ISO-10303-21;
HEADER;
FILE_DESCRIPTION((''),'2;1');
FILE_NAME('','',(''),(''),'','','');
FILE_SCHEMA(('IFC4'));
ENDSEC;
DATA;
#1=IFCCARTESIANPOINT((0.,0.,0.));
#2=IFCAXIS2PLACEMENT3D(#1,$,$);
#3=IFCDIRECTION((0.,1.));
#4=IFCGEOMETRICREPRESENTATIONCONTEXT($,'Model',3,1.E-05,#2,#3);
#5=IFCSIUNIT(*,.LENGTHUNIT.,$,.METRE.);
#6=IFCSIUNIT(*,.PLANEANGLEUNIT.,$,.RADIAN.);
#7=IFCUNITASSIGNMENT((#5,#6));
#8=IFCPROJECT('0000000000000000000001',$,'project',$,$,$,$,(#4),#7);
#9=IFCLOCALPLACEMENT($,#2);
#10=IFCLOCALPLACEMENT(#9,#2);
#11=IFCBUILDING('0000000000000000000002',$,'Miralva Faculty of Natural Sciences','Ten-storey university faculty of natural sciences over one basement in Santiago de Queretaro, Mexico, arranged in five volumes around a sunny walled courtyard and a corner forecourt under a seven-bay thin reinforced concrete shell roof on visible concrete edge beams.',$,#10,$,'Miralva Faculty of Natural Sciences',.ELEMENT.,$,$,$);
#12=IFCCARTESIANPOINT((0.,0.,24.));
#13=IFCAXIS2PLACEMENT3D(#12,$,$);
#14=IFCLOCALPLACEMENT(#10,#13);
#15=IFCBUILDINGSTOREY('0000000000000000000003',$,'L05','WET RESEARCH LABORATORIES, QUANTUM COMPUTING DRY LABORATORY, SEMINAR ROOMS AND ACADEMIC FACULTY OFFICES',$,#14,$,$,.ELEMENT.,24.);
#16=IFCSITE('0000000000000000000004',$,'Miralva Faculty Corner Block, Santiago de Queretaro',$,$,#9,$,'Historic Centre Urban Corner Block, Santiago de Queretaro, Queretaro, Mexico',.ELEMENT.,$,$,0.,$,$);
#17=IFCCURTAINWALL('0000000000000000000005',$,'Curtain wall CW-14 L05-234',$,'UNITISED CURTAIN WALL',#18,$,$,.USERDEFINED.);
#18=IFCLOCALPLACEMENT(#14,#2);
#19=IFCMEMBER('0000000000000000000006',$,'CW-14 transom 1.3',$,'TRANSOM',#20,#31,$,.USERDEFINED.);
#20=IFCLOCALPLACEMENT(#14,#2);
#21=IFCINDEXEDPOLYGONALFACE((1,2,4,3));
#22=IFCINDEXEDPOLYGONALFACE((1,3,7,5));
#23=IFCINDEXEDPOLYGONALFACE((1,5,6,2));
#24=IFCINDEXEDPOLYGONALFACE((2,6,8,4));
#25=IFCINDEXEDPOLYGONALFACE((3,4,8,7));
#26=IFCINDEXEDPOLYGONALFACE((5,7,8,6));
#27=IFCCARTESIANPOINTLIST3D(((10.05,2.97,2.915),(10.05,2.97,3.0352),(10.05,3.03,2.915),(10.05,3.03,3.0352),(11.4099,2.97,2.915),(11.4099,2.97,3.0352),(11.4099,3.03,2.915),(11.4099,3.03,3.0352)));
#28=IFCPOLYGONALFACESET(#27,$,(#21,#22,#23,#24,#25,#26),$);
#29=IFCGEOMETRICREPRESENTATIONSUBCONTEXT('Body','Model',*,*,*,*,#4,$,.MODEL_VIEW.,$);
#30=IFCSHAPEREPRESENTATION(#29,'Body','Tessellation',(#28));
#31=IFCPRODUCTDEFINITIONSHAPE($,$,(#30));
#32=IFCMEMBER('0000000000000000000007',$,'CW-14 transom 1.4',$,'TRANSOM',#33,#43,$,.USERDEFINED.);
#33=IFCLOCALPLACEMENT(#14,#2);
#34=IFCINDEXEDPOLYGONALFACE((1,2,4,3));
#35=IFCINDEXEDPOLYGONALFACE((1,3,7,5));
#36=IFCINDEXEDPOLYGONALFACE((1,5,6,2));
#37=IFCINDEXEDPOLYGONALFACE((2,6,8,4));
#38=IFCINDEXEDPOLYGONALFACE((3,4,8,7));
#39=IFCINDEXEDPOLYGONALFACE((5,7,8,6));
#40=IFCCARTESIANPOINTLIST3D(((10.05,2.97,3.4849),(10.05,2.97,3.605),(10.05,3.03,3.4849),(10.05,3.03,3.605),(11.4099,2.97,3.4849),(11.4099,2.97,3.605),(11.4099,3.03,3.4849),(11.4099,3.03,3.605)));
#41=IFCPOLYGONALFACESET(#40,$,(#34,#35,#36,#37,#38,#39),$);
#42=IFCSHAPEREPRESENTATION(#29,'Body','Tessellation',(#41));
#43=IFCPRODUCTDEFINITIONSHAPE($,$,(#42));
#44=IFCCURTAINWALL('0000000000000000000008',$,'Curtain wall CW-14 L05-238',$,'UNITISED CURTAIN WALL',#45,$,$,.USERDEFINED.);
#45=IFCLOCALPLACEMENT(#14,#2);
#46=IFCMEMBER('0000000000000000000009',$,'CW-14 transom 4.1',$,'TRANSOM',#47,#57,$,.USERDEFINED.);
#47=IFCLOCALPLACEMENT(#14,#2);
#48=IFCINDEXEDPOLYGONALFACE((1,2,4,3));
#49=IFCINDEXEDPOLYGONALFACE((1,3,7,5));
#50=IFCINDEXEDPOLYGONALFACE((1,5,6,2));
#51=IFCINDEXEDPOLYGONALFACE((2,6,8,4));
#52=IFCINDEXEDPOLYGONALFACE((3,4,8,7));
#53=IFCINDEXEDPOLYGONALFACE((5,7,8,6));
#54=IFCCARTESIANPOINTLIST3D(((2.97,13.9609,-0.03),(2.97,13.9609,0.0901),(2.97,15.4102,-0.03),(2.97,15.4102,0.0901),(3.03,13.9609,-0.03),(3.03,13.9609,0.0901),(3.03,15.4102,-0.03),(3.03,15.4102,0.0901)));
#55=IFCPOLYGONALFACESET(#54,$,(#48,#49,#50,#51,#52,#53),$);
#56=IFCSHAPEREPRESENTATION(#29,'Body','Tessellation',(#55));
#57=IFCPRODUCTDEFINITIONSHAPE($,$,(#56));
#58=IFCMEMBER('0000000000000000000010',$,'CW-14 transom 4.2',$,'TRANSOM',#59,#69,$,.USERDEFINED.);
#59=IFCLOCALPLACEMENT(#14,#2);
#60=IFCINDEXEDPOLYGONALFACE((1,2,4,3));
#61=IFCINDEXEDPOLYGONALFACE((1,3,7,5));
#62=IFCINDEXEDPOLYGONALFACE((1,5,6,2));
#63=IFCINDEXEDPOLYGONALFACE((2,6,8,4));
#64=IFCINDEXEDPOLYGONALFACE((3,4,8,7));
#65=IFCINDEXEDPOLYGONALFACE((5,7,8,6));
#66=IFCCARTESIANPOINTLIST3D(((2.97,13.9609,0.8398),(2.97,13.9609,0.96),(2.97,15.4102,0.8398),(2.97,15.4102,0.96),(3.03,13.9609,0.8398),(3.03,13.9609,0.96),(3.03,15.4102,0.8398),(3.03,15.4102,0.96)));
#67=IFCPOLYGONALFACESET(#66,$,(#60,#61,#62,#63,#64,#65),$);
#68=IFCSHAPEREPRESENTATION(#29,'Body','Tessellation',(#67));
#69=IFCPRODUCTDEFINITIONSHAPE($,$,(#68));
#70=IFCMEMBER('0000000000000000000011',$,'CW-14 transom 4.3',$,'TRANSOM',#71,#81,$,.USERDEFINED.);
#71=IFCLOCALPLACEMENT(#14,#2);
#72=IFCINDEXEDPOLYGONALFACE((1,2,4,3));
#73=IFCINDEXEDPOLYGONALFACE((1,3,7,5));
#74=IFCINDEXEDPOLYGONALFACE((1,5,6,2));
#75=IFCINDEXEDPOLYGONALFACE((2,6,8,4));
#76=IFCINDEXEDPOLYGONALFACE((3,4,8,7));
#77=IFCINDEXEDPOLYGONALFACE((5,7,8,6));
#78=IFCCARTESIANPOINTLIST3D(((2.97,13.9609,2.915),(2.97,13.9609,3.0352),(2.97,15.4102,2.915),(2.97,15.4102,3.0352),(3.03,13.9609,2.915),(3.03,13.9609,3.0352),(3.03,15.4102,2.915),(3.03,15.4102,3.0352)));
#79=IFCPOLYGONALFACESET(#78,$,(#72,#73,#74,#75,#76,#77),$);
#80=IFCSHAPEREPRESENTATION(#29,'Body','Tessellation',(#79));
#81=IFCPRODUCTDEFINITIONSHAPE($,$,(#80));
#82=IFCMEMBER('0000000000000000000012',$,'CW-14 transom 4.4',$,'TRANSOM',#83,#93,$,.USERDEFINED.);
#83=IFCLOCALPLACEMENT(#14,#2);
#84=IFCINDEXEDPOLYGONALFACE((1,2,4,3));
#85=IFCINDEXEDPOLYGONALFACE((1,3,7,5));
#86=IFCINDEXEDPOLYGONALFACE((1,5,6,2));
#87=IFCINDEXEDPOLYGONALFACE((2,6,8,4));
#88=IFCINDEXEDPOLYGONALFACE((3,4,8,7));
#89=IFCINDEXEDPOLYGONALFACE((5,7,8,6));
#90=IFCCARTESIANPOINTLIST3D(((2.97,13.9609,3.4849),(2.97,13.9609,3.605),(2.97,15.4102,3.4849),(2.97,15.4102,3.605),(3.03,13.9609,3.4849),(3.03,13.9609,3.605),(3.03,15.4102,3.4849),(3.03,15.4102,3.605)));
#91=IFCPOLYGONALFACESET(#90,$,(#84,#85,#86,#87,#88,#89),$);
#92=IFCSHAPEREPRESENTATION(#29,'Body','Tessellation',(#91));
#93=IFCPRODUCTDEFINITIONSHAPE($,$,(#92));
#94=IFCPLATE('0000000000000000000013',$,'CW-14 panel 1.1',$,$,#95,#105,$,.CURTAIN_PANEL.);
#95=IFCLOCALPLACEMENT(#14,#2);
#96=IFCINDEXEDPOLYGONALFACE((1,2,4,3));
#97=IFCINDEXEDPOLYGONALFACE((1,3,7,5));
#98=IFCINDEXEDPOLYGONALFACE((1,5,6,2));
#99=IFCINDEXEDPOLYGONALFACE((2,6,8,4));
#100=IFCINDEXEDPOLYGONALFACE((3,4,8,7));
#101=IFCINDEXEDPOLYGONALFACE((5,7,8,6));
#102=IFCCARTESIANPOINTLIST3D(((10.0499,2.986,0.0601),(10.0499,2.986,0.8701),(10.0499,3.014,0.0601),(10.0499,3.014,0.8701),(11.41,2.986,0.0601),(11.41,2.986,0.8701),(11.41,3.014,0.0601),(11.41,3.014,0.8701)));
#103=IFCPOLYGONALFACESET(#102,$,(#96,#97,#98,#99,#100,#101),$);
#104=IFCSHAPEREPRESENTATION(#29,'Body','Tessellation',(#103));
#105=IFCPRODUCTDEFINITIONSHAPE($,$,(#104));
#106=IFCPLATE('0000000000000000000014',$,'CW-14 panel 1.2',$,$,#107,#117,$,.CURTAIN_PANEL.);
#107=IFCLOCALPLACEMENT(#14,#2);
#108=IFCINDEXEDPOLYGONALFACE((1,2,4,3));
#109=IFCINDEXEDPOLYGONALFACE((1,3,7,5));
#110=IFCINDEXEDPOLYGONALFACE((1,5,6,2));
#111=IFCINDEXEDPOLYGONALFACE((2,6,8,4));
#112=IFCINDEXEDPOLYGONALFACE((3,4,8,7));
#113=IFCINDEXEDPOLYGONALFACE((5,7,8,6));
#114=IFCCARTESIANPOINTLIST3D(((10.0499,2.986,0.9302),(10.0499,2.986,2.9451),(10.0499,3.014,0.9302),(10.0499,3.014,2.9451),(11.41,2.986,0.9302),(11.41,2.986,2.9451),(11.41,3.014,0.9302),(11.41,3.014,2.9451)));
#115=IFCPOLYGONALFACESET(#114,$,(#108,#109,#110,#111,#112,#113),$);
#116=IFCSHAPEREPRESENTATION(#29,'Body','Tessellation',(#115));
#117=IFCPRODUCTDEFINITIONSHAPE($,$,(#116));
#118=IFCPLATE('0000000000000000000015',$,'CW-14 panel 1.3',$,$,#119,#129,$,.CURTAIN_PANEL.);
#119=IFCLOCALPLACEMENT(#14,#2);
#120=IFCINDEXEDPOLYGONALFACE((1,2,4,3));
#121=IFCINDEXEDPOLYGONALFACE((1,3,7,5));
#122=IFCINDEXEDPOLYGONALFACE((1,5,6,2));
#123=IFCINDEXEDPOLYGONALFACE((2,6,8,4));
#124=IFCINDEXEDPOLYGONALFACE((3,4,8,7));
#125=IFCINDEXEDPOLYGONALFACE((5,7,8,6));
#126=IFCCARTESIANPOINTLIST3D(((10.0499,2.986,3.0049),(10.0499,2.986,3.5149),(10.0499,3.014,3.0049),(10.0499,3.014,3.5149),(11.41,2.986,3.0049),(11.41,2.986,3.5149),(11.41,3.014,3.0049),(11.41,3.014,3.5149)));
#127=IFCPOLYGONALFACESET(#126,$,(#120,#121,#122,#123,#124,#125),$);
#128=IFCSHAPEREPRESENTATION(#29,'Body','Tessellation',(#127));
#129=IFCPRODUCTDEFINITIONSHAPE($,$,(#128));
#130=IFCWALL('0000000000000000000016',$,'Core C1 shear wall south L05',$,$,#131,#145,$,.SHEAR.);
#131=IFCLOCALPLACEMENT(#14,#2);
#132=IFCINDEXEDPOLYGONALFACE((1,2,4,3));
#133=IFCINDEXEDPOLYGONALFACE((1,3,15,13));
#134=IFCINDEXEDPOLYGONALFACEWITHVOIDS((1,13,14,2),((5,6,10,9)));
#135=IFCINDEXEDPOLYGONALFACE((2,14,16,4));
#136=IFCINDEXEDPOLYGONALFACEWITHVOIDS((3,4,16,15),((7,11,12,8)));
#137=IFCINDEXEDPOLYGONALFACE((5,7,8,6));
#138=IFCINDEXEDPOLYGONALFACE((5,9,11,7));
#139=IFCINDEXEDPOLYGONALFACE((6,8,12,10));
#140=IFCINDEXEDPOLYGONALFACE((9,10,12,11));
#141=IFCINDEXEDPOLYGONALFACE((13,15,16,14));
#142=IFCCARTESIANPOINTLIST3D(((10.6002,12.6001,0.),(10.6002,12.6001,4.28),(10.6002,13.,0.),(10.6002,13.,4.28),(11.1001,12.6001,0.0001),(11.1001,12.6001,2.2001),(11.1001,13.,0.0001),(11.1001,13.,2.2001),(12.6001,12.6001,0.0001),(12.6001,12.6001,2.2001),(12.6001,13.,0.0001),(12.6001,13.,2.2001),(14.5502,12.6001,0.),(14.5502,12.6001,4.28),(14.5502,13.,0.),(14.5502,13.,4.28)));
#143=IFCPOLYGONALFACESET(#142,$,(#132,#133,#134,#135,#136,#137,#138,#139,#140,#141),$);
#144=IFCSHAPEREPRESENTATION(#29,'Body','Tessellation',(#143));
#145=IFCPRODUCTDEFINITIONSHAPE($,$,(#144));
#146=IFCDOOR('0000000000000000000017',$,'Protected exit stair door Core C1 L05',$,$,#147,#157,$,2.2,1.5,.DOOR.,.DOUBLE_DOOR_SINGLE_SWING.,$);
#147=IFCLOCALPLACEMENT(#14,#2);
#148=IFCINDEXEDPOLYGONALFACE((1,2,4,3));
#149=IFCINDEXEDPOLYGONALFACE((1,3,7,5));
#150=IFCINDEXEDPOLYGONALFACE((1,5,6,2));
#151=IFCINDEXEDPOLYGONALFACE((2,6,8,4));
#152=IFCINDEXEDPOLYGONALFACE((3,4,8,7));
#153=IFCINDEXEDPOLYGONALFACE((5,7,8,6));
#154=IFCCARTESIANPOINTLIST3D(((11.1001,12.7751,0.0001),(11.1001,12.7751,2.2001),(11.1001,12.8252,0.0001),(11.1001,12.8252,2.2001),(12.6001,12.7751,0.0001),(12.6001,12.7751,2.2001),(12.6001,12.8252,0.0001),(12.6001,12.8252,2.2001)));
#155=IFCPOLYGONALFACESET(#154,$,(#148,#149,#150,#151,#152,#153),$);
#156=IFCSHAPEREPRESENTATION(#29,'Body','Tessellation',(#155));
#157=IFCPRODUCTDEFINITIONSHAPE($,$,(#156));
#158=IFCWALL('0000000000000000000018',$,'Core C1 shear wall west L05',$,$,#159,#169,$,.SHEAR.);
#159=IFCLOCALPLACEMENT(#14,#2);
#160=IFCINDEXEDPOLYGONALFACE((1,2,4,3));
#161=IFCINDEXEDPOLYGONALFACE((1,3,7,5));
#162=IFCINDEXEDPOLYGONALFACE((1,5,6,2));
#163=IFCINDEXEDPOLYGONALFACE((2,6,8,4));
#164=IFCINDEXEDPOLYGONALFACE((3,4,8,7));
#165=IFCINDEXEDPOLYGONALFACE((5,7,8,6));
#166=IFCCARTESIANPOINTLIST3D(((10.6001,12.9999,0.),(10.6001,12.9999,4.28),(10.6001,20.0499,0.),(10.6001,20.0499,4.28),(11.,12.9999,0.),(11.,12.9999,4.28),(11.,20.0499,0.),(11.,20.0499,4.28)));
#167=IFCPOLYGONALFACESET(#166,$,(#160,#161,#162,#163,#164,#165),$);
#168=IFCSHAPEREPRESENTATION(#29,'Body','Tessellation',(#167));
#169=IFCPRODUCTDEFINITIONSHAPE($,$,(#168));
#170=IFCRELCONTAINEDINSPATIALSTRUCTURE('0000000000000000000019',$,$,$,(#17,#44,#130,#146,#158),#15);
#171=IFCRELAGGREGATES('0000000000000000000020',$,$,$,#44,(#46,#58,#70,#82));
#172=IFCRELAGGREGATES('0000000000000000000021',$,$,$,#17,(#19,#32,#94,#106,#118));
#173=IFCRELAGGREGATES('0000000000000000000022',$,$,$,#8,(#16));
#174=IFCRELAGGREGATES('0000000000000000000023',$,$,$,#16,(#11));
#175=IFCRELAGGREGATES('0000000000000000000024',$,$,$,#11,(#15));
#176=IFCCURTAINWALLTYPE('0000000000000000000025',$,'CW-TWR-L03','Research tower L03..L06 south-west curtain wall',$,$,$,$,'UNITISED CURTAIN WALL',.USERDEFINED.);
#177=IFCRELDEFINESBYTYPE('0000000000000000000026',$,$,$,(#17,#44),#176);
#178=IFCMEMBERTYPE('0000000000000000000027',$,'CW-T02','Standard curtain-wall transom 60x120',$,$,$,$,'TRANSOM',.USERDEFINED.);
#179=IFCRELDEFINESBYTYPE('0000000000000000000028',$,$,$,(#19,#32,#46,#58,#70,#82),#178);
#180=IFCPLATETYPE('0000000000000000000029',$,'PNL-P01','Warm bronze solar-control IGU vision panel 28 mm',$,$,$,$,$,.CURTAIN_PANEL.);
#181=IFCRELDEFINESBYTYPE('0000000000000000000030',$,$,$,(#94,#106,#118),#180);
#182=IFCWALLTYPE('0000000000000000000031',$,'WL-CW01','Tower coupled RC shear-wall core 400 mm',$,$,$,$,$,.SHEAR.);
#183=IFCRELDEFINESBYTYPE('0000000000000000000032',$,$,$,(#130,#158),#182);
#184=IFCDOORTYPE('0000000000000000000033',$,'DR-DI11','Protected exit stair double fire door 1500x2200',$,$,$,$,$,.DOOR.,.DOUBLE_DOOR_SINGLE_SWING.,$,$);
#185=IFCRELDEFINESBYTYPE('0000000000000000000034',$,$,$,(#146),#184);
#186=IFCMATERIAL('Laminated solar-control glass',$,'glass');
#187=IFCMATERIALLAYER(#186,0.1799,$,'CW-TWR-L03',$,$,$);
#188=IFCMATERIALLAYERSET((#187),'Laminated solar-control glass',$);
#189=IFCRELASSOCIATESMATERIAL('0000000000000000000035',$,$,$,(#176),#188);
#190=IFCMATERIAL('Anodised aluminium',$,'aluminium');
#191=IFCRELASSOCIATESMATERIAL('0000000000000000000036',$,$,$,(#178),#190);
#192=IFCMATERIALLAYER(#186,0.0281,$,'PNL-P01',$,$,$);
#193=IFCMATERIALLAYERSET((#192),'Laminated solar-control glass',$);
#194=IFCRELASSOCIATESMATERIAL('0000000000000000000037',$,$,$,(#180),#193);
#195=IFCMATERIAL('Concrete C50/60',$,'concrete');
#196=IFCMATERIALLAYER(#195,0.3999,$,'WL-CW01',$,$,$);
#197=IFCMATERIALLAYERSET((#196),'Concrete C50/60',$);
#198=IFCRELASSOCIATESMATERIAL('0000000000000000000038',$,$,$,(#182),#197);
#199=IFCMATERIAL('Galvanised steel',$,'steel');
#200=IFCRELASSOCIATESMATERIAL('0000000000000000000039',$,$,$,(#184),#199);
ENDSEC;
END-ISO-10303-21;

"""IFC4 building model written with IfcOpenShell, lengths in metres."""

from ifc_helpers import new_model, si_unit, direction, frame, frame_2d, origin, origin_2d, place, context, subcontext, project, spatial, rectangle, extrude, material, layer, layer_set, material_profile, profile_set, type_object, element, fill, aggregate, save


model = new_model("IFC4")

# Units and contexts
model_context = context("Model", 3, precision=1e-05, world=origin(), true_north=direction((0.0, 1.0)))
body_context = subcontext(model_context, "Body", "Model", "MODEL_VIEW")
ifc_project = project(units=[si_unit("LENGTHUNIT", "METRE"), si_unit("PLANEANGLEUNIT", "RADIAN")], contexts=[model_context])

# Site, building, storey
site_placement = place(None, origin())
site = spatial("IfcSite", under=ifc_project, at=site_placement, Name="Miralva Faculty Corner Block, Santiago de Queretaro", LongName="Historic Centre Urban Corner Block, Santiago de Queretaro, Queretaro, Mexico", CompositionType="ELEMENT", RefElevation=0.0)
building_placement = place(site_placement, origin())
building = spatial("IfcBuilding", under=site, at=building_placement, Name="Miralva Faculty of Natural Sciences", Description="Ten-storey university faculty of natural sciences over one basement in Santiago de Queretaro, Mexico, arranged in five volumes around a sunny walled courtyard and a corner forecourt under a seven-bay thin reinforced concrete shell roof on visible concrete edge beams.", LongName="Miralva Faculty of Natural Sciences", CompositionType="ELEMENT")
storey_placement = place(building_placement, frame((0.0, 0.0, 24.0)))
storey = spatial("IfcBuildingStorey", under=building, at=storey_placement, Name="L05", Description="WET RESEARCH LABORATORIES, QUANTUM COMPUTING DRY LABORATORY, SEMINAR ROOMS AND ACADEMIC FACULTY OFFICES", CompositionType="ELEMENT", Elevation=24.0)

# Curtain walls, members
ifc_material_1 = material(Name="Laminated solar-control glass", Category="glass")
ifc_layer_1 = layer(ifc_material_1, 0.1799, Name="CW-TWR-L03")
ifc_layer_set_1 = layer_set([ifc_layer_1], Name="Laminated solar-control glass")
curtain_wall_type = type_object("IfcCurtainWallType", Name="CW-TWR-L03", Description="Research tower L03..L06 south-west curtain wall", ElementType="UNITISED CURTAIN WALL", PredefinedType="USERDEFINED", material=ifc_layer_set_1)
curtain_wall_1_placement = place(storey_placement, origin())
curtain_wall_1 = element("IfcCurtainWall", 1, at=curtain_wall_1_placement, inside=storey, type_object=curtain_wall_type, Name="Curtain wall CW-14 L05-234", ObjectType="UNITISED CURTAIN WALL", PredefinedType="USERDEFINED")
ifc_material_2 = material(Name="Anodised aluminium", Category="aluminium")
ifc_material_profile_1 = material_profile(ifc_material_2, rectangle(XDim=0.0601, YDim=0.1201, at=origin_2d()), Name="TRANSOM 60x120")
ifc_profile_set_1 = profile_set([ifc_material_profile_1], Name="Anodised aluminium")
member_type_1 = type_object("IfcMemberType", Name="CW-T02", Description="Standard curtain-wall transom 60x120", ElementType="TRANSOM", PredefinedType="USERDEFINED", material=ifc_profile_set_1)
member_1_placement = place(storey_placement, frame((10.05, 3.0, 2.9751), z_axis=(1.0, 0.0, 0.0), x_axis=(0.0, 1.0, 0.0)))
member_1 = element("IfcMember", 2, at=member_1_placement, type_object=member_type_1, Name="CW-14 transom 1.3", ObjectType="TRANSOM", PredefinedType="USERDEFINED", context=body_context, shape_type="SweptSolid", body=[
    extrude(rectangle(XDim=0.0601, YDim=0.1201, at=origin_2d()), origin(), (0.0, 0.0, 1.0), 1.3599),
])
member_2_placement = place(storey_placement, frame((10.05, 3.0, 3.5449), z_axis=(1.0, 0.0, 0.0), x_axis=(0.0, 1.0, 0.0)))
member_2 = element("IfcMember", 3, at=member_2_placement, type_object=member_type_1, Name="CW-14 transom 1.4", ObjectType="TRANSOM", PredefinedType="USERDEFINED", context=body_context, shape_type="SweptSolid", body=[
    extrude(rectangle(XDim=0.0601, YDim=0.1201, at=origin_2d()), origin(), (0.0, 0.0, 1.0), 1.3599),
])
curtain_wall_2_placement = place(storey_placement, origin())
curtain_wall_2 = element("IfcCurtainWall", 4, at=curtain_wall_2_placement, inside=storey, type_object=curtain_wall_type, Name="Curtain wall CW-14 L05-238", ObjectType="UNITISED CURTAIN WALL", PredefinedType="USERDEFINED")
member_3_placement = place(storey_placement, frame((3.0, 13.9609, 0.03), z_axis=(0.0, 1.0, 0.0), x_axis=(-1.0, 0.0, 0.0)))
member_3 = element("IfcMember", 5, at=member_3_placement, type_object=member_type_1, Name="CW-14 transom 4.1", ObjectType="TRANSOM", PredefinedType="USERDEFINED", context=body_context, shape_type="SweptSolid", body=[
    extrude(rectangle(XDim=0.0601, YDim=0.1201, at=origin_2d()), origin(), (0.0, 0.0, 1.0), 1.4492),
])
member_4_placement = place(storey_placement, frame((3.0, 13.9609, 0.8999), z_axis=(0.0, 1.0, 0.0), x_axis=(-1.0, 0.0, 0.0)))
member_4 = element("IfcMember", 6, at=member_4_placement, type_object=member_type_1, Name="CW-14 transom 4.2", ObjectType="TRANSOM", PredefinedType="USERDEFINED", context=body_context, shape_type="SweptSolid", body=[
    extrude(rectangle(XDim=0.0601, YDim=0.1201, at=origin_2d()), origin(), (0.0, 0.0, 1.0), 1.4492),
])
member_5_placement = place(storey_placement, frame((3.0, 13.9609, 2.9751), z_axis=(0.0, 1.0, 0.0), x_axis=(-1.0, 0.0, 0.0)))
member_5 = element("IfcMember", 7, at=member_5_placement, type_object=member_type_1, Name="CW-14 transom 4.3", ObjectType="TRANSOM", PredefinedType="USERDEFINED", context=body_context, shape_type="SweptSolid", body=[
    extrude(rectangle(XDim=0.0601, YDim=0.1201, at=origin_2d()), origin(), (0.0, 0.0, 1.0), 1.4492),
])
member_6_placement = place(storey_placement, frame((3.0, 13.9609, 3.5449), z_axis=(0.0, 1.0, 0.0), x_axis=(-1.0, 0.0, 0.0)))
member_6 = element("IfcMember", 8, at=member_6_placement, type_object=member_type_1, Name="CW-14 transom 4.4", ObjectType="TRANSOM", PredefinedType="USERDEFINED", context=body_context, shape_type="SweptSolid", body=[
    extrude(rectangle(XDim=0.0601, YDim=0.1201, at=origin_2d()), origin(), (0.0, 0.0, 1.0), 1.4492),
])
aggregate(curtain_wall_2, [member_3, member_4, member_5, member_6])

# Plates
ifc_layer_2 = layer(ifc_material_1, 0.0281, Name="PNL-P01")
ifc_layer_set_2 = layer_set([ifc_layer_2], Name="Laminated solar-control glass")
plate_type = type_object("IfcPlateType", Name="PNL-P01", Description="Warm bronze solar-control IGU vision panel 28 mm", PredefinedType="CURTAIN_PANEL", material=ifc_layer_set_2)
plate_1_placement = place(storey_placement, frame((10.73, 3.0, 0.0601), z_axis=(0.0, 0.0, 1.0), x_axis=(1.0, 0.0, 0.0)))
plate_1 = element("IfcPlate", 9, at=plate_1_placement, type_object=plate_type, Name="CW-14 panel 1.1", PredefinedType="CURTAIN_PANEL", context=body_context, shape_type="SweptSolid", body=[
    extrude(rectangle(XDim=1.3601, YDim=0.0281, at=origin_2d()), origin(), (0.0, 0.0, 1.0), 0.8101),
])
plate_2_placement = place(storey_placement, frame((10.73, 3.0, 0.9302), z_axis=(0.0, 0.0, 1.0), x_axis=(1.0, 0.0, 0.0)))
plate_2 = element("IfcPlate", 10, at=plate_2_placement, type_object=plate_type, Name="CW-14 panel 1.2", PredefinedType="CURTAIN_PANEL", context=body_context, shape_type="SweptSolid", body=[
    extrude(rectangle(XDim=1.3601, YDim=0.0281, at=origin_2d()), origin(), (0.0, 0.0, 1.0), 2.0149),
])
plate_3_placement = place(storey_placement, frame((10.73, 3.0, 3.0049), z_axis=(0.0, 0.0, 1.0), x_axis=(1.0, 0.0, 0.0)))
plate_3 = element("IfcPlate", 11, at=plate_3_placement, type_object=plate_type, Name="CW-14 panel 1.3", PredefinedType="CURTAIN_PANEL", context=body_context, shape_type="SweptSolid", body=[
    extrude(rectangle(XDim=1.3601, YDim=0.0281, at=origin_2d()), origin(), (0.0, 0.0, 1.0), 0.51),
])
aggregate(curtain_wall_1, [member_1, member_2, plate_1, plate_2, plate_3])

# Wall, opening, door
ifc_material_3 = material(Name="Concrete C50/60", Category="concrete")
ifc_layer_3 = layer(ifc_material_3, 0.3999, Name="WL-CW01")
ifc_layer_set_3 = layer_set([ifc_layer_3], Name="Concrete C50/60")
wall_type_1 = type_object("IfcWallType", Name="WL-CW01", Description="Tower coupled RC shear-wall core 400 mm", PredefinedType="SHEAR", material=ifc_layer_set_3)
wall_1_placement = place(storey_placement, frame((10.6001, 12.8, 0.0), z_axis=(0.0, 0.0, 1.0), x_axis=(1.0, 0.0, 0.0)))
wall_1 = element("IfcWall", 12, at=wall_1_placement, inside=storey, type_object=wall_type_1, Name="Core C1 shear wall south L05", PredefinedType="SHEAR", context=body_context, shape_type="SweptSolid", body=[
    extrude(rectangle(XDim=3.95, YDim=0.3999, at=frame_2d((1.9751, 0.0))), origin(), (0.0, 0.0, 1.0), 4.28),
])
opening_1_placement = place(wall_1_placement, frame((0.5, 0.0, 0.0)))
opening_1 = element("IfcOpeningElement", 13, at=opening_1_placement, cuts=wall_1, PredefinedType="OPENING", context=body_context, shape_type="SweptSolid", body=[
    extrude(rectangle(XDim=1.5, YDim=2.2, at=frame_2d((0.75, 1.1001))), frame((0.0, 0.21, 0.0), z_axis=(0.0, -1.0, 0.0), x_axis=(1.0, 0.0, 0.0)), (0.0, 0.0, 1.0), 0.4199),
])
ifc_material_4 = material(Name="Galvanised steel", Category="steel")
door_type_1 = type_object("IfcDoorType", Name="DR-DI11", Description="Protected exit stair double fire door 1500x2200", OperationType="DOUBLE_DOOR_SINGLE_SWING", PredefinedType="DOOR", material=ifc_material_4)
door_1_placement = place(opening_1_placement, frame((1.5, 0.0, 0.0), z_axis=(0.0, 0.0, 1.0), x_axis=(-1.0, 0.0, 0.0)))
door_1 = element("IfcDoor", 14, at=door_1_placement, inside=storey, type_object=door_type_1, Name="Protected exit stair door Core C1 L05", OperationType="DOUBLE_DOOR_SINGLE_SWING", OverallHeight=2.2, OverallWidth=1.5, PredefinedType="DOOR", context=body_context, shape_type="SweptSolid", body=[
    extrude(rectangle(XDim=1.5, YDim=2.2, at=frame_2d((0.75, 1.1001))), frame((0.0, 0.0249, 0.0), z_axis=(0.0, -1.0, 0.0), x_axis=(1.0, 0.0, 0.0)), (0.0, 0.0, 1.0), 0.05),
])
fill(opening_1, door_1)

# Wall
wall_2_placement = place(storey_placement, frame((10.8, 13.0, 0.0), z_axis=(0.0, 0.0, 1.0), x_axis=(0.0, 1.0, 0.0)))
element("IfcWall", 15, at=wall_2_placement, inside=storey, type_object=wall_type_1, Name="Core C1 shear wall west L05", PredefinedType="SHEAR", context=body_context, shape_type="SweptSolid", body=[
    extrude(rectangle(XDim=7.05, YDim=0.3999, at=frame_2d((3.5249, 0.0))), origin(), (0.0, 0.0, 1.0), 4.28),
])

save(model, "model.ifc")
